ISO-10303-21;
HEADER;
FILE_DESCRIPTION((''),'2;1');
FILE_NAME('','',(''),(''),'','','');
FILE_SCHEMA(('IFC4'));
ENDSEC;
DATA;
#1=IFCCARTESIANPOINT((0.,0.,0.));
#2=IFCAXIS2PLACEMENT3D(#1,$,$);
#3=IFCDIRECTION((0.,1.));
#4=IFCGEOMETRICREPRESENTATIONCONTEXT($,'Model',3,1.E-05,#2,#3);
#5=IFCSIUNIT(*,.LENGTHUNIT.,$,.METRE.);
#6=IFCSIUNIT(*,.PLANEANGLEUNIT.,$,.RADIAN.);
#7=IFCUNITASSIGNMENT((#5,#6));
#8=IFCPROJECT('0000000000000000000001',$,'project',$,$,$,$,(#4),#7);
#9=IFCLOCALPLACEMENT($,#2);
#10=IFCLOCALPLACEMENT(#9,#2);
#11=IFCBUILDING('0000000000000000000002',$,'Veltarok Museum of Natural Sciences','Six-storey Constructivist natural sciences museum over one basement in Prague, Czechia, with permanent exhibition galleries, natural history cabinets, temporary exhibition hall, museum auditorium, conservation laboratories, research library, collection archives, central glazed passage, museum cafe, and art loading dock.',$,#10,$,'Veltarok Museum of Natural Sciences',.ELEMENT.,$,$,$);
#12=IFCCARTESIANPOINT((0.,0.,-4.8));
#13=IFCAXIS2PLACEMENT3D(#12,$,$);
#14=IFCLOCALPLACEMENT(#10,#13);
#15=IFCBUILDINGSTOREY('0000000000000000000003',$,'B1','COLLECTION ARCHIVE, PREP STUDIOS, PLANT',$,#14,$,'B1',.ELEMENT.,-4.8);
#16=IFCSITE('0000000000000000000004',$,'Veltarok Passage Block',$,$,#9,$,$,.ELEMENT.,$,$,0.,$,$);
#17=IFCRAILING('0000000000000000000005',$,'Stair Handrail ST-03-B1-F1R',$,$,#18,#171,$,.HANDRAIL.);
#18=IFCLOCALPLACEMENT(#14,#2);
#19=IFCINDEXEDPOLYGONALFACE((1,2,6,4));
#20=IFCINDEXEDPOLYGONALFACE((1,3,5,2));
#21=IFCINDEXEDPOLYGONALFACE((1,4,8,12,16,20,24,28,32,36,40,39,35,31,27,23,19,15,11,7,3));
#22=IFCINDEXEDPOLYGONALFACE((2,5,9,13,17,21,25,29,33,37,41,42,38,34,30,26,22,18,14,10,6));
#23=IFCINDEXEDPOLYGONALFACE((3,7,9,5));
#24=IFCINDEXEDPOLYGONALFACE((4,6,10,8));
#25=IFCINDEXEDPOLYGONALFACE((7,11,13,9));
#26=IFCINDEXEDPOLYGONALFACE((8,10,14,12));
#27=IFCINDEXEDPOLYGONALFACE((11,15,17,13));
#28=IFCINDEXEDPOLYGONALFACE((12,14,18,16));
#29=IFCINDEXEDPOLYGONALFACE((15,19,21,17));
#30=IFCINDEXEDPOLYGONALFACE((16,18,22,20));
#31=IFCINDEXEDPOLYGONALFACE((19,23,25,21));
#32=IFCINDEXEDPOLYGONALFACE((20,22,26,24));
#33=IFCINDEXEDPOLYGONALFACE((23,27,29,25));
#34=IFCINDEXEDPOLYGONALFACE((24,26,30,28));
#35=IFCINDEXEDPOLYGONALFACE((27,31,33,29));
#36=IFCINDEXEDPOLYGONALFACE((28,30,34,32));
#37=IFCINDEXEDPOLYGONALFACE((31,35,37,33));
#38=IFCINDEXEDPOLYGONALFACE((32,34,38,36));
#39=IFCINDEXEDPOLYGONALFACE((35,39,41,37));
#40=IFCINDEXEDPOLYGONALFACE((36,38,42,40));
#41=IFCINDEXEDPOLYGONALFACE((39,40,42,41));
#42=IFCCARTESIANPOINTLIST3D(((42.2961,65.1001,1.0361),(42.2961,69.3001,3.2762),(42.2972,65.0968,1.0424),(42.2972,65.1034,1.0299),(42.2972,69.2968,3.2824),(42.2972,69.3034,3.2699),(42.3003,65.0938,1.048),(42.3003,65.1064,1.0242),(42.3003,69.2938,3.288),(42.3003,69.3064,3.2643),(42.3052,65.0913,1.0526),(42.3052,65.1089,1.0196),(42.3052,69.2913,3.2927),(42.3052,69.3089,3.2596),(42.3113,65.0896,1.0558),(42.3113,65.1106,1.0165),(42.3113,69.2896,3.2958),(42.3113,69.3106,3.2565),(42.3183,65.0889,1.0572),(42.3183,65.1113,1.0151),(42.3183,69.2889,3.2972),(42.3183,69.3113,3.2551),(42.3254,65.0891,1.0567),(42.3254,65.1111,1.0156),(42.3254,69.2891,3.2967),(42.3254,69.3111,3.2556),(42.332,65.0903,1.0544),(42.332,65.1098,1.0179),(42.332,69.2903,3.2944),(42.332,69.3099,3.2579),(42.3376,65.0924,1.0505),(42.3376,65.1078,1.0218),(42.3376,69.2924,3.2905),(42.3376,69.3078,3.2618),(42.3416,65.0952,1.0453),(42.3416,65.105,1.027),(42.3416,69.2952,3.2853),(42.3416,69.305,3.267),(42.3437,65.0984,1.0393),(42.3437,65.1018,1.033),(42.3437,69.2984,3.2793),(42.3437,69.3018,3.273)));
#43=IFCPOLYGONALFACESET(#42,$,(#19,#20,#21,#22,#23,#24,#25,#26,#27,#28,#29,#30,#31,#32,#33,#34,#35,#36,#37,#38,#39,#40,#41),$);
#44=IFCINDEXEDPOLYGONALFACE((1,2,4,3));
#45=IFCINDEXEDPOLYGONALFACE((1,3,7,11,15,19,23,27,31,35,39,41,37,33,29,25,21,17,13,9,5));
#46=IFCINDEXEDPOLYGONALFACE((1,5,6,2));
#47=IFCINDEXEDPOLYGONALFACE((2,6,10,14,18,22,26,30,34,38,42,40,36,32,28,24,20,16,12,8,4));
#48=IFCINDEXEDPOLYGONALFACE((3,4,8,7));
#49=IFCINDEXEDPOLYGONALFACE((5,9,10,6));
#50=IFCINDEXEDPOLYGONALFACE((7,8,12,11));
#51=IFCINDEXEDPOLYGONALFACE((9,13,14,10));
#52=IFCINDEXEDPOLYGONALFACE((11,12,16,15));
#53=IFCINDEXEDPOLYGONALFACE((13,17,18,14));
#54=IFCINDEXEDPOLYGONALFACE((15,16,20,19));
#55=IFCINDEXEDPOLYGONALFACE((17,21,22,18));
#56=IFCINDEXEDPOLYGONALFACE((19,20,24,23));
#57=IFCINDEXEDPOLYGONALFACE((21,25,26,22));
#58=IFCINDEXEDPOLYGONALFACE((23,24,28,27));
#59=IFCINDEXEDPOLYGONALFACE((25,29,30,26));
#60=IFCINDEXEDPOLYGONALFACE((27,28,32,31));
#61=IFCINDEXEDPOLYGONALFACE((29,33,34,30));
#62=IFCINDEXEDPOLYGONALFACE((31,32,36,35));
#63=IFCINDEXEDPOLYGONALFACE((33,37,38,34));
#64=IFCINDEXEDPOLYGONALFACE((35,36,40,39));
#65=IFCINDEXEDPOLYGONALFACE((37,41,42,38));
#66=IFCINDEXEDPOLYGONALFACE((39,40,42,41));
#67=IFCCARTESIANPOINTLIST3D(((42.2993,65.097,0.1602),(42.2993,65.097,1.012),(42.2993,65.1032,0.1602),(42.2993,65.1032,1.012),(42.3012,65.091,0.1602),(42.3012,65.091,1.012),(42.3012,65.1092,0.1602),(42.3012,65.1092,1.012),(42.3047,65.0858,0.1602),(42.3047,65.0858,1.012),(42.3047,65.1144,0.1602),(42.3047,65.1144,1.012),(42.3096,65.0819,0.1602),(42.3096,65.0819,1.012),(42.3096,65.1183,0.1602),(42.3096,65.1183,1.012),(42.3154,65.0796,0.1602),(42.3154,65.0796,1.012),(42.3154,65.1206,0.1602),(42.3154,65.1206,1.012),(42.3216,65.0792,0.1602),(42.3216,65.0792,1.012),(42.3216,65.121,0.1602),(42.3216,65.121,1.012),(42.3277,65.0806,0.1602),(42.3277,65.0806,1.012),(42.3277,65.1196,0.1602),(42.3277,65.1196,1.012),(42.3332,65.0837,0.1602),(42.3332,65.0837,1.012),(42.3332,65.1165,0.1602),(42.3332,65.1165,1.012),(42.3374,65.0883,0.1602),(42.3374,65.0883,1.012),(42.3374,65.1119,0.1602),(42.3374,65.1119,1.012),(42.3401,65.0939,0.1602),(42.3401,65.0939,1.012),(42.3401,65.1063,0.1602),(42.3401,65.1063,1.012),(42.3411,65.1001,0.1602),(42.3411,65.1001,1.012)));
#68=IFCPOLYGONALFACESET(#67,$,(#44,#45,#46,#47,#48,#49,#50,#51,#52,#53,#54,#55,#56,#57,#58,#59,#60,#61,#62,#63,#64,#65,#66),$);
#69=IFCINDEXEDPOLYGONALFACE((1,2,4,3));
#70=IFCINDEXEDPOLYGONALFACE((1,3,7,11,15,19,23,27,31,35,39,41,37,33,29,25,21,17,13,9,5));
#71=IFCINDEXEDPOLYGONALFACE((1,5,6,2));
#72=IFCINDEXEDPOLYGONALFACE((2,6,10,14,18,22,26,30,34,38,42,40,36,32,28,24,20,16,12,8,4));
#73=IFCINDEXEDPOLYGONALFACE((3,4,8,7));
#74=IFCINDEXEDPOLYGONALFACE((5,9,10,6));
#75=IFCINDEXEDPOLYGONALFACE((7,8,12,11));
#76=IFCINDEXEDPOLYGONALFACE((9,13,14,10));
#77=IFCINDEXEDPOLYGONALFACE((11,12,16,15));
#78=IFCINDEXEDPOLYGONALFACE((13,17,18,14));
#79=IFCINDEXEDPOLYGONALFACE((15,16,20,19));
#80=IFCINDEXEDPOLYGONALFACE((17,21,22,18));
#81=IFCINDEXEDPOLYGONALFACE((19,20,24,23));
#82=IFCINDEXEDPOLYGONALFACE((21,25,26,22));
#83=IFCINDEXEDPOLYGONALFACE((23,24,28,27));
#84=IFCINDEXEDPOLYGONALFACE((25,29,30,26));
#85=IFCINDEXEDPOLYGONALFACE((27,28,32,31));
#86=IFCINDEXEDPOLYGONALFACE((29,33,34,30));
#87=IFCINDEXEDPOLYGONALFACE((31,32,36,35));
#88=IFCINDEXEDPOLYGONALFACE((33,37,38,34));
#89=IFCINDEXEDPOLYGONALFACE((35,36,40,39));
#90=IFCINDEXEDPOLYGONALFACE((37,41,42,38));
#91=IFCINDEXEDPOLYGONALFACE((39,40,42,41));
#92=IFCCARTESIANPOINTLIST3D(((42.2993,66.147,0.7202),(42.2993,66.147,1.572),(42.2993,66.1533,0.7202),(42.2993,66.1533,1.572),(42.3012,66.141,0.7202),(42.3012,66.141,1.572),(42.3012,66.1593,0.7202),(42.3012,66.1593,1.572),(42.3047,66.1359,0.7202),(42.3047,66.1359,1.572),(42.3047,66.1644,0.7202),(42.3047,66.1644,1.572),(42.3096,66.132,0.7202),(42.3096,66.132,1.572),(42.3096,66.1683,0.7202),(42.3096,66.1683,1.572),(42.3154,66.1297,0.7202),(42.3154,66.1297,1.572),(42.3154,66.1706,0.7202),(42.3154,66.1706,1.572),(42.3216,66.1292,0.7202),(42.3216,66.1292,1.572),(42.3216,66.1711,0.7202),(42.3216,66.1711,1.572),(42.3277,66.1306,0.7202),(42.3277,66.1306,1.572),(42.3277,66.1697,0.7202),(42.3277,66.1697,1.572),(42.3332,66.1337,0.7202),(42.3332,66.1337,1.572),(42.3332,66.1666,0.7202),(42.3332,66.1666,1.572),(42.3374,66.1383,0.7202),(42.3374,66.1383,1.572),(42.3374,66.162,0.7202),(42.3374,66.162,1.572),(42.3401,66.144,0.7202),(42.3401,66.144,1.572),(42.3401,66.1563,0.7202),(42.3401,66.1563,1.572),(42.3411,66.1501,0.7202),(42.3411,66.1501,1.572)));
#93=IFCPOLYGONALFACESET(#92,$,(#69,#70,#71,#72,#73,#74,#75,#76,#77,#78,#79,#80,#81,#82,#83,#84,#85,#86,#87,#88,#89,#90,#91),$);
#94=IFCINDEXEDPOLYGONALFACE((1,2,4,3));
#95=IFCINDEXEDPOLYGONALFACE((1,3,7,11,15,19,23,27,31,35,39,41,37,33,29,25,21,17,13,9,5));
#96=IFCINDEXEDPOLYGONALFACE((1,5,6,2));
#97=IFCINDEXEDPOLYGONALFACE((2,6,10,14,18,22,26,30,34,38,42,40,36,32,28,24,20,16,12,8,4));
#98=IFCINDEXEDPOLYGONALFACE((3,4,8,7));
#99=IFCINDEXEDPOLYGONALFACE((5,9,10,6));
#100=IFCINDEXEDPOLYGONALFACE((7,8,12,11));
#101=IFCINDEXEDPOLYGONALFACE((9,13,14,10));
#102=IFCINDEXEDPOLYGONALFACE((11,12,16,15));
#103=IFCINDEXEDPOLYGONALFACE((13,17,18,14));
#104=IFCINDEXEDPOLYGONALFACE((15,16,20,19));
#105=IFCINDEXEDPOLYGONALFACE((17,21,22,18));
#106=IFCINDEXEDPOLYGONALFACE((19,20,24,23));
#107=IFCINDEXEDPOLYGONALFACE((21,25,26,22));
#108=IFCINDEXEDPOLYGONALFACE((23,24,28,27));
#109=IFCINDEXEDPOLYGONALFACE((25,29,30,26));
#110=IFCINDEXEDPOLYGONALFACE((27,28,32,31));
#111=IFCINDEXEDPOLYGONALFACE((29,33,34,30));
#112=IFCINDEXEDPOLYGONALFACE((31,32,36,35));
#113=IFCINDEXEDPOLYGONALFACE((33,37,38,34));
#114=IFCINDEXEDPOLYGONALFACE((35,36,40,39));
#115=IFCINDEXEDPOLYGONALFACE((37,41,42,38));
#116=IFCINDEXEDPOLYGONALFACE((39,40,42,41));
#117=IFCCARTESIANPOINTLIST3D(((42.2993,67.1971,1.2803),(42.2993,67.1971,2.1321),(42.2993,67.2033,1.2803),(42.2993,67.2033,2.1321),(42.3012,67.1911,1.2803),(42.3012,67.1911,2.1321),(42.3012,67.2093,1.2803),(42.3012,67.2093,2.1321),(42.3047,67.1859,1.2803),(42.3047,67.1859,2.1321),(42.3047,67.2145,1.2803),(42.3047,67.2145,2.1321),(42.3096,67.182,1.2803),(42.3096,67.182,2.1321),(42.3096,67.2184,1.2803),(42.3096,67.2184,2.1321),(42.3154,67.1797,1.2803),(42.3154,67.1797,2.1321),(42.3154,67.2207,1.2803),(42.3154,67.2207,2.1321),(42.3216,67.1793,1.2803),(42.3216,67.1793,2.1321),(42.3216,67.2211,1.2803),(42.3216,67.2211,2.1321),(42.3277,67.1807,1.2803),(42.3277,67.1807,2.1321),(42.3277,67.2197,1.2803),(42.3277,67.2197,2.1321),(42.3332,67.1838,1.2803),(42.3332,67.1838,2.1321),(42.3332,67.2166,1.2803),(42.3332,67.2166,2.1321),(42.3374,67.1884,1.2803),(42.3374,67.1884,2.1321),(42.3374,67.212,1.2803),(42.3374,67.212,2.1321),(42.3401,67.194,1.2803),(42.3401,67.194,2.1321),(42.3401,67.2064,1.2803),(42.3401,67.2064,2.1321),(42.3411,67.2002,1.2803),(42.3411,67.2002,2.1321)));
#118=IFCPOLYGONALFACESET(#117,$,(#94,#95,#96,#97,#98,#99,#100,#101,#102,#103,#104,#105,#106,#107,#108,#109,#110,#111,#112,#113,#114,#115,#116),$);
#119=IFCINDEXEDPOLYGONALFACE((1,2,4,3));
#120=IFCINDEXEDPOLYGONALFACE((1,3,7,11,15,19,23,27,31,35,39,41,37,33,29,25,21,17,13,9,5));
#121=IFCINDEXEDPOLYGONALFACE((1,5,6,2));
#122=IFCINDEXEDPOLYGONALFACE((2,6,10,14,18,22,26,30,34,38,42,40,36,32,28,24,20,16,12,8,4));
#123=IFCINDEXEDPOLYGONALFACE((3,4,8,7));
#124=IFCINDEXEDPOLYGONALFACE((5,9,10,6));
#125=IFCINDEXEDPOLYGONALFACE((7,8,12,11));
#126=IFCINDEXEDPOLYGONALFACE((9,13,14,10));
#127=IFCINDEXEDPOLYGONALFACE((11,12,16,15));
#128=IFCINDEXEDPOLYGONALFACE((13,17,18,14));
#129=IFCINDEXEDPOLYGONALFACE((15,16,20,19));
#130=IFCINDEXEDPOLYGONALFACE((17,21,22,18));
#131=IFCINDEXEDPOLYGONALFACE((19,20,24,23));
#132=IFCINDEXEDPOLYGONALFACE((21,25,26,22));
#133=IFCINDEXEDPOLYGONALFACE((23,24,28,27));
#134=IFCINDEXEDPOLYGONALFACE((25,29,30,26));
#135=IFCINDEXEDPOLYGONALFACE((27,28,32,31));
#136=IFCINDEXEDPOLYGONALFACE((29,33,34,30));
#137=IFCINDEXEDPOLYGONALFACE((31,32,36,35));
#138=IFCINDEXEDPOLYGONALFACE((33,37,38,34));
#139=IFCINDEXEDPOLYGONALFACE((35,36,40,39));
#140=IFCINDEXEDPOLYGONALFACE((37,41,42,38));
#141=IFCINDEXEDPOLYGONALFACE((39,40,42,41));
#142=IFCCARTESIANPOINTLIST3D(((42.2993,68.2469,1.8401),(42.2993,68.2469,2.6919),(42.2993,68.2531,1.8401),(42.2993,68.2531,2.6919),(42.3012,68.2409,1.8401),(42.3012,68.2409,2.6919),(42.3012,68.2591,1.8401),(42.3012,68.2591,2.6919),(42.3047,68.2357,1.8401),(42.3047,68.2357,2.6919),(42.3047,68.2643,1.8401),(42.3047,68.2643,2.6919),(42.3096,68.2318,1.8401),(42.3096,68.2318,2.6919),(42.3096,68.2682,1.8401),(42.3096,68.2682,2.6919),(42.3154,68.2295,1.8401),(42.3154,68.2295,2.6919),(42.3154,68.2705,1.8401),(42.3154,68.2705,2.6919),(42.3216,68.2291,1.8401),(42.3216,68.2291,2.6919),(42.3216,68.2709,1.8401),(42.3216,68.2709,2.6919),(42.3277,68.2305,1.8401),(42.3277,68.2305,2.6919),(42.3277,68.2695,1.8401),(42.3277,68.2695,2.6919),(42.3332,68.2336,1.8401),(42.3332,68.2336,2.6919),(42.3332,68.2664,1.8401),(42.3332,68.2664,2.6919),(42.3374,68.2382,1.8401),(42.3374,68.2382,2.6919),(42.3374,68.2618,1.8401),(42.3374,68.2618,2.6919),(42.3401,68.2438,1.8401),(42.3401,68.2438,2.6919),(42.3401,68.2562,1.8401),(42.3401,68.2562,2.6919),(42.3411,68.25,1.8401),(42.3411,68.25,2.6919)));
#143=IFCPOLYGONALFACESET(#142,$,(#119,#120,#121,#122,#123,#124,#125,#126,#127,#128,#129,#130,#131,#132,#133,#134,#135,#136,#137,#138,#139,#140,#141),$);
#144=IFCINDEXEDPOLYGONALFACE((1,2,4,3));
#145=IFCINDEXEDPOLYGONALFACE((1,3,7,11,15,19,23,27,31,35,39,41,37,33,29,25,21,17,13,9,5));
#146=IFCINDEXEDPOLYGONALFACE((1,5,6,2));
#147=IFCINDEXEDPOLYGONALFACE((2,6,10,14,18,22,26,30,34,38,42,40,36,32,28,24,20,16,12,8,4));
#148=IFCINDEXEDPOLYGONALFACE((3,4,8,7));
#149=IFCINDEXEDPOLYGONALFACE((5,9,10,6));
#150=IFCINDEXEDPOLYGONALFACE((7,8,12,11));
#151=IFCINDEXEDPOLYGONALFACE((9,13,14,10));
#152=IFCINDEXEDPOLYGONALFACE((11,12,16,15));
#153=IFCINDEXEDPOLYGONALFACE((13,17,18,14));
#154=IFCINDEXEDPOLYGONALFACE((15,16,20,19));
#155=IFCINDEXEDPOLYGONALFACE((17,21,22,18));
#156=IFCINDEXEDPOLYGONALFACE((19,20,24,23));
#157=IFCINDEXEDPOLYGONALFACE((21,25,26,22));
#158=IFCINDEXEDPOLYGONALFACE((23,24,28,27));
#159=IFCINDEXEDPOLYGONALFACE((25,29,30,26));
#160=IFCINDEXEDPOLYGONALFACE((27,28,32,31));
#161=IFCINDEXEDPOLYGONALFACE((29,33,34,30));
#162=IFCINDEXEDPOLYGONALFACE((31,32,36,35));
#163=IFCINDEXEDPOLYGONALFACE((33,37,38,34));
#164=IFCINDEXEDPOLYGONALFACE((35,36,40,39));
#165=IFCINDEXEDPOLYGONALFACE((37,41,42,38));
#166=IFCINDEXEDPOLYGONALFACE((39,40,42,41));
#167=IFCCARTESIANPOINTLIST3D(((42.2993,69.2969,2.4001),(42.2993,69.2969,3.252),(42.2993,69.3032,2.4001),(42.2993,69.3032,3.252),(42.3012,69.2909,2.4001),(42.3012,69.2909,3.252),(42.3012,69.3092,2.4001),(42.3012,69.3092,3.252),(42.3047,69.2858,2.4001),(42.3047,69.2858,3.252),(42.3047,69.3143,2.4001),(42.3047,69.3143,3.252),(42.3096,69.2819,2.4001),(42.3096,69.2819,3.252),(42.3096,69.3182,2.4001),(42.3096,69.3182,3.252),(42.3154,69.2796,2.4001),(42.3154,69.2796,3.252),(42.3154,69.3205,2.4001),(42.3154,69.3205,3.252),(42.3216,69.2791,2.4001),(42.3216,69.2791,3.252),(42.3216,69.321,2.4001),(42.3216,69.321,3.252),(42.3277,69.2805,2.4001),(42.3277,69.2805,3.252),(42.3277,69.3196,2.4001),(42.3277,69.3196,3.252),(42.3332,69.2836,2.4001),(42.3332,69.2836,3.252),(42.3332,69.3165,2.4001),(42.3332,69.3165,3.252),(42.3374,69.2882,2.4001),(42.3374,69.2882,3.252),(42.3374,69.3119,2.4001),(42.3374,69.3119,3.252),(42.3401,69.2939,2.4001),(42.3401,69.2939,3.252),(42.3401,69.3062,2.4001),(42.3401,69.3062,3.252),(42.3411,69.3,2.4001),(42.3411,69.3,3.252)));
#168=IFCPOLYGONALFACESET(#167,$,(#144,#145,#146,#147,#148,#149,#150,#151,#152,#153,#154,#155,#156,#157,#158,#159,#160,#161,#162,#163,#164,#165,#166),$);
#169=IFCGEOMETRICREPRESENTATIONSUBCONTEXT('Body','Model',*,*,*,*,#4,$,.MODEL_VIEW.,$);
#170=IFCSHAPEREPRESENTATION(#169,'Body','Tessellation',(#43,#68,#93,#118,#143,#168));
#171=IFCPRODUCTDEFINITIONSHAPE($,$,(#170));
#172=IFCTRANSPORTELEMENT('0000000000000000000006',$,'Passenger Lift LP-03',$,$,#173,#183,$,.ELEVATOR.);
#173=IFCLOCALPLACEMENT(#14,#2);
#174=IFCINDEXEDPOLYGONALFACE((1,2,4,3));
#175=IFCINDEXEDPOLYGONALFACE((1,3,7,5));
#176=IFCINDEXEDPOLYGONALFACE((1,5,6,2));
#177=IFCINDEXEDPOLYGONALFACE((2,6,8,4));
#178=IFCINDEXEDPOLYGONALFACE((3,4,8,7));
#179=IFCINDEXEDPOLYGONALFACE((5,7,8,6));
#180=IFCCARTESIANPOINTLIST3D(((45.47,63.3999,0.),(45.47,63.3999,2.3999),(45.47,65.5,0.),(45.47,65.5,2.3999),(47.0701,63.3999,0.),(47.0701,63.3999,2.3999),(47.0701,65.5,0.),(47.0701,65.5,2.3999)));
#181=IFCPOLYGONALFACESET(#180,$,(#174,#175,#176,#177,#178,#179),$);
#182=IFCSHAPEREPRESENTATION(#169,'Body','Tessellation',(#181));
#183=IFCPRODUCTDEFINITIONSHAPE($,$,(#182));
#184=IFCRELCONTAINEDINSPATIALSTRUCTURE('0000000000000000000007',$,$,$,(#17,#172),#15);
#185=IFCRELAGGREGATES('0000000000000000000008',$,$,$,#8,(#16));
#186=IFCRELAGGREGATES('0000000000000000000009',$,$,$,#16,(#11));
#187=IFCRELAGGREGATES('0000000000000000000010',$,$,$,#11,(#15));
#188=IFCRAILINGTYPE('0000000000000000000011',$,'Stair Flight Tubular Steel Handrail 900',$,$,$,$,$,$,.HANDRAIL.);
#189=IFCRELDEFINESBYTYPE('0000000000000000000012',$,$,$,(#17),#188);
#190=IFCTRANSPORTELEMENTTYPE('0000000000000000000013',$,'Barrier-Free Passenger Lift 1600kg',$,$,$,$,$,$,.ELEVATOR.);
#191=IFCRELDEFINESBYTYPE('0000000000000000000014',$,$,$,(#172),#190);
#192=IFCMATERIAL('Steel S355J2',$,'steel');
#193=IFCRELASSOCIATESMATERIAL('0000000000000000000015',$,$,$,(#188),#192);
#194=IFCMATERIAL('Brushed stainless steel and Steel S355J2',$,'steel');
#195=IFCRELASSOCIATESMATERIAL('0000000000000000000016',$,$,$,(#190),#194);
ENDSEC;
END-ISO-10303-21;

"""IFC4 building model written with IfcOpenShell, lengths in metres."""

from ifc_helpers import new_model, si_unit, direction, frame, origin, origin_2d, place, context, subcontext, project, spatial, rectangle, circle, extrude, material, type_object, element, save


model = new_model("IFC4")

# Units and contexts
model_context = context("Model", 3, precision=1e-05, world=origin(), true_north=direction((0.0, 1.0)))
body_context = subcontext(model_context, "Body", "Model", "MODEL_VIEW")
ifc_project = project(units=[si_unit("LENGTHUNIT", "METRE"), si_unit("PLANEANGLEUNIT", "RADIAN")], contexts=[model_context])

# Site, building, storey
site_placement = place(None, origin())
site = spatial("IfcSite", under=ifc_project, at=site_placement, Name="Veltarok Passage Block", CompositionType="ELEMENT", RefElevation=0.0)
building_placement = place(site_placement, origin())
building = spatial("IfcBuilding", under=site, at=building_placement, Name="Veltarok Museum of Natural Sciences", Description="Six-storey Constructivist natural sciences museum over one basement in Prague, Czechia, with permanent exhibition galleries, natural history cabinets, temporary exhibition hall, museum auditorium, conservation laboratories, research library, collection archives, central glazed passage, museum cafe, and art loading dock.", LongName="Veltarok Museum of Natural Sciences", CompositionType="ELEMENT")
storey_placement = place(building_placement, frame((0.0, 0.0, -4.8)))
storey = spatial("IfcBuildingStorey", under=building, at=storey_placement, Name="B1", Description="COLLECTION ARCHIVE, PREP STUDIOS, PLANT", LongName="B1", CompositionType="ELEMENT", Elevation=-4.8)

# Shared definitions
ifc_material_1 = material(Name="Steel S355J2", Category="steel")

# Railing
railing_type = type_object("IfcRailingType", Name="Stair Flight Tubular Steel Handrail 900", PredefinedType="HANDRAIL", material=ifc_material_1)
for number, where, name in (
    (1, (42.3201, 65.1001, 0.1602), "Stair Handrail ST-03-B1-F1R"),
):
    element("IfcRailing", number, at=place(storey_placement, frame(where)), inside=storey, type_object=railing_type, Name=name, PredefinedType="HANDRAIL", context=body_context, shape_type="SweptSolid", body=[
        extrude(circle(Radius=0.0239, at=origin_2d()), frame((0.0, 0.0, 0.876), z_axis=(0.0, 0.882352, 0.470591), x_axis=(-1.0, 0.0, 0.0)), (0.0, 0.0, 1.0), 4.76),
        extrude(circle(Radius=0.021, at=origin_2d()), origin(), (0.0, 0.0, 1.0), 0.8518),
        extrude(circle(Radius=0.021, at=origin_2d()), frame((0.0, 1.05, 0.5601)), (0.0, 0.0, 1.0), 0.8518),
        extrude(circle(Radius=0.021, at=origin_2d()), frame((0.0, 2.1001, 1.1201)), (0.0, 0.0, 1.0), 0.8518),
        extrude(circle(Radius=0.021, at=origin_2d()), frame((0.0, 3.1499, 1.6799)), (0.0, 0.0, 1.0), 0.8518),
        extrude(circle(Radius=0.021, at=origin_2d()), frame((0.0, 4.2, 2.24)), (0.0, 0.0, 1.0), 0.8518),
    ])

# Transport element
ifc_material_2 = material(Name="Brushed stainless steel and Steel S355J2", Category="steel")
transport_element_type = type_object("IfcTransportElementType", Name="Barrier-Free Passenger Lift 1600kg", PredefinedType="ELEVATOR", material=ifc_material_2)
transport_element_placement = place(storey_placement, frame((46.27, 64.45, 0.0), z_axis=(0.0, 0.0, 1.0), x_axis=(1.0, 0.0, 0.0)))
element("IfcTransportElement", 2, at=transport_element_placement, inside=storey, type_object=transport_element_type, Name="Passenger Lift LP-03", PredefinedType="ELEVATOR", context=body_context, shape_type="SweptSolid", body=[
    extrude(rectangle(XDim=1.6001, YDim=2.1001, at=origin_2d()), origin(), (0.0, 0.0, 1.0), 2.3999),
])

save(model, "model.ifc")
